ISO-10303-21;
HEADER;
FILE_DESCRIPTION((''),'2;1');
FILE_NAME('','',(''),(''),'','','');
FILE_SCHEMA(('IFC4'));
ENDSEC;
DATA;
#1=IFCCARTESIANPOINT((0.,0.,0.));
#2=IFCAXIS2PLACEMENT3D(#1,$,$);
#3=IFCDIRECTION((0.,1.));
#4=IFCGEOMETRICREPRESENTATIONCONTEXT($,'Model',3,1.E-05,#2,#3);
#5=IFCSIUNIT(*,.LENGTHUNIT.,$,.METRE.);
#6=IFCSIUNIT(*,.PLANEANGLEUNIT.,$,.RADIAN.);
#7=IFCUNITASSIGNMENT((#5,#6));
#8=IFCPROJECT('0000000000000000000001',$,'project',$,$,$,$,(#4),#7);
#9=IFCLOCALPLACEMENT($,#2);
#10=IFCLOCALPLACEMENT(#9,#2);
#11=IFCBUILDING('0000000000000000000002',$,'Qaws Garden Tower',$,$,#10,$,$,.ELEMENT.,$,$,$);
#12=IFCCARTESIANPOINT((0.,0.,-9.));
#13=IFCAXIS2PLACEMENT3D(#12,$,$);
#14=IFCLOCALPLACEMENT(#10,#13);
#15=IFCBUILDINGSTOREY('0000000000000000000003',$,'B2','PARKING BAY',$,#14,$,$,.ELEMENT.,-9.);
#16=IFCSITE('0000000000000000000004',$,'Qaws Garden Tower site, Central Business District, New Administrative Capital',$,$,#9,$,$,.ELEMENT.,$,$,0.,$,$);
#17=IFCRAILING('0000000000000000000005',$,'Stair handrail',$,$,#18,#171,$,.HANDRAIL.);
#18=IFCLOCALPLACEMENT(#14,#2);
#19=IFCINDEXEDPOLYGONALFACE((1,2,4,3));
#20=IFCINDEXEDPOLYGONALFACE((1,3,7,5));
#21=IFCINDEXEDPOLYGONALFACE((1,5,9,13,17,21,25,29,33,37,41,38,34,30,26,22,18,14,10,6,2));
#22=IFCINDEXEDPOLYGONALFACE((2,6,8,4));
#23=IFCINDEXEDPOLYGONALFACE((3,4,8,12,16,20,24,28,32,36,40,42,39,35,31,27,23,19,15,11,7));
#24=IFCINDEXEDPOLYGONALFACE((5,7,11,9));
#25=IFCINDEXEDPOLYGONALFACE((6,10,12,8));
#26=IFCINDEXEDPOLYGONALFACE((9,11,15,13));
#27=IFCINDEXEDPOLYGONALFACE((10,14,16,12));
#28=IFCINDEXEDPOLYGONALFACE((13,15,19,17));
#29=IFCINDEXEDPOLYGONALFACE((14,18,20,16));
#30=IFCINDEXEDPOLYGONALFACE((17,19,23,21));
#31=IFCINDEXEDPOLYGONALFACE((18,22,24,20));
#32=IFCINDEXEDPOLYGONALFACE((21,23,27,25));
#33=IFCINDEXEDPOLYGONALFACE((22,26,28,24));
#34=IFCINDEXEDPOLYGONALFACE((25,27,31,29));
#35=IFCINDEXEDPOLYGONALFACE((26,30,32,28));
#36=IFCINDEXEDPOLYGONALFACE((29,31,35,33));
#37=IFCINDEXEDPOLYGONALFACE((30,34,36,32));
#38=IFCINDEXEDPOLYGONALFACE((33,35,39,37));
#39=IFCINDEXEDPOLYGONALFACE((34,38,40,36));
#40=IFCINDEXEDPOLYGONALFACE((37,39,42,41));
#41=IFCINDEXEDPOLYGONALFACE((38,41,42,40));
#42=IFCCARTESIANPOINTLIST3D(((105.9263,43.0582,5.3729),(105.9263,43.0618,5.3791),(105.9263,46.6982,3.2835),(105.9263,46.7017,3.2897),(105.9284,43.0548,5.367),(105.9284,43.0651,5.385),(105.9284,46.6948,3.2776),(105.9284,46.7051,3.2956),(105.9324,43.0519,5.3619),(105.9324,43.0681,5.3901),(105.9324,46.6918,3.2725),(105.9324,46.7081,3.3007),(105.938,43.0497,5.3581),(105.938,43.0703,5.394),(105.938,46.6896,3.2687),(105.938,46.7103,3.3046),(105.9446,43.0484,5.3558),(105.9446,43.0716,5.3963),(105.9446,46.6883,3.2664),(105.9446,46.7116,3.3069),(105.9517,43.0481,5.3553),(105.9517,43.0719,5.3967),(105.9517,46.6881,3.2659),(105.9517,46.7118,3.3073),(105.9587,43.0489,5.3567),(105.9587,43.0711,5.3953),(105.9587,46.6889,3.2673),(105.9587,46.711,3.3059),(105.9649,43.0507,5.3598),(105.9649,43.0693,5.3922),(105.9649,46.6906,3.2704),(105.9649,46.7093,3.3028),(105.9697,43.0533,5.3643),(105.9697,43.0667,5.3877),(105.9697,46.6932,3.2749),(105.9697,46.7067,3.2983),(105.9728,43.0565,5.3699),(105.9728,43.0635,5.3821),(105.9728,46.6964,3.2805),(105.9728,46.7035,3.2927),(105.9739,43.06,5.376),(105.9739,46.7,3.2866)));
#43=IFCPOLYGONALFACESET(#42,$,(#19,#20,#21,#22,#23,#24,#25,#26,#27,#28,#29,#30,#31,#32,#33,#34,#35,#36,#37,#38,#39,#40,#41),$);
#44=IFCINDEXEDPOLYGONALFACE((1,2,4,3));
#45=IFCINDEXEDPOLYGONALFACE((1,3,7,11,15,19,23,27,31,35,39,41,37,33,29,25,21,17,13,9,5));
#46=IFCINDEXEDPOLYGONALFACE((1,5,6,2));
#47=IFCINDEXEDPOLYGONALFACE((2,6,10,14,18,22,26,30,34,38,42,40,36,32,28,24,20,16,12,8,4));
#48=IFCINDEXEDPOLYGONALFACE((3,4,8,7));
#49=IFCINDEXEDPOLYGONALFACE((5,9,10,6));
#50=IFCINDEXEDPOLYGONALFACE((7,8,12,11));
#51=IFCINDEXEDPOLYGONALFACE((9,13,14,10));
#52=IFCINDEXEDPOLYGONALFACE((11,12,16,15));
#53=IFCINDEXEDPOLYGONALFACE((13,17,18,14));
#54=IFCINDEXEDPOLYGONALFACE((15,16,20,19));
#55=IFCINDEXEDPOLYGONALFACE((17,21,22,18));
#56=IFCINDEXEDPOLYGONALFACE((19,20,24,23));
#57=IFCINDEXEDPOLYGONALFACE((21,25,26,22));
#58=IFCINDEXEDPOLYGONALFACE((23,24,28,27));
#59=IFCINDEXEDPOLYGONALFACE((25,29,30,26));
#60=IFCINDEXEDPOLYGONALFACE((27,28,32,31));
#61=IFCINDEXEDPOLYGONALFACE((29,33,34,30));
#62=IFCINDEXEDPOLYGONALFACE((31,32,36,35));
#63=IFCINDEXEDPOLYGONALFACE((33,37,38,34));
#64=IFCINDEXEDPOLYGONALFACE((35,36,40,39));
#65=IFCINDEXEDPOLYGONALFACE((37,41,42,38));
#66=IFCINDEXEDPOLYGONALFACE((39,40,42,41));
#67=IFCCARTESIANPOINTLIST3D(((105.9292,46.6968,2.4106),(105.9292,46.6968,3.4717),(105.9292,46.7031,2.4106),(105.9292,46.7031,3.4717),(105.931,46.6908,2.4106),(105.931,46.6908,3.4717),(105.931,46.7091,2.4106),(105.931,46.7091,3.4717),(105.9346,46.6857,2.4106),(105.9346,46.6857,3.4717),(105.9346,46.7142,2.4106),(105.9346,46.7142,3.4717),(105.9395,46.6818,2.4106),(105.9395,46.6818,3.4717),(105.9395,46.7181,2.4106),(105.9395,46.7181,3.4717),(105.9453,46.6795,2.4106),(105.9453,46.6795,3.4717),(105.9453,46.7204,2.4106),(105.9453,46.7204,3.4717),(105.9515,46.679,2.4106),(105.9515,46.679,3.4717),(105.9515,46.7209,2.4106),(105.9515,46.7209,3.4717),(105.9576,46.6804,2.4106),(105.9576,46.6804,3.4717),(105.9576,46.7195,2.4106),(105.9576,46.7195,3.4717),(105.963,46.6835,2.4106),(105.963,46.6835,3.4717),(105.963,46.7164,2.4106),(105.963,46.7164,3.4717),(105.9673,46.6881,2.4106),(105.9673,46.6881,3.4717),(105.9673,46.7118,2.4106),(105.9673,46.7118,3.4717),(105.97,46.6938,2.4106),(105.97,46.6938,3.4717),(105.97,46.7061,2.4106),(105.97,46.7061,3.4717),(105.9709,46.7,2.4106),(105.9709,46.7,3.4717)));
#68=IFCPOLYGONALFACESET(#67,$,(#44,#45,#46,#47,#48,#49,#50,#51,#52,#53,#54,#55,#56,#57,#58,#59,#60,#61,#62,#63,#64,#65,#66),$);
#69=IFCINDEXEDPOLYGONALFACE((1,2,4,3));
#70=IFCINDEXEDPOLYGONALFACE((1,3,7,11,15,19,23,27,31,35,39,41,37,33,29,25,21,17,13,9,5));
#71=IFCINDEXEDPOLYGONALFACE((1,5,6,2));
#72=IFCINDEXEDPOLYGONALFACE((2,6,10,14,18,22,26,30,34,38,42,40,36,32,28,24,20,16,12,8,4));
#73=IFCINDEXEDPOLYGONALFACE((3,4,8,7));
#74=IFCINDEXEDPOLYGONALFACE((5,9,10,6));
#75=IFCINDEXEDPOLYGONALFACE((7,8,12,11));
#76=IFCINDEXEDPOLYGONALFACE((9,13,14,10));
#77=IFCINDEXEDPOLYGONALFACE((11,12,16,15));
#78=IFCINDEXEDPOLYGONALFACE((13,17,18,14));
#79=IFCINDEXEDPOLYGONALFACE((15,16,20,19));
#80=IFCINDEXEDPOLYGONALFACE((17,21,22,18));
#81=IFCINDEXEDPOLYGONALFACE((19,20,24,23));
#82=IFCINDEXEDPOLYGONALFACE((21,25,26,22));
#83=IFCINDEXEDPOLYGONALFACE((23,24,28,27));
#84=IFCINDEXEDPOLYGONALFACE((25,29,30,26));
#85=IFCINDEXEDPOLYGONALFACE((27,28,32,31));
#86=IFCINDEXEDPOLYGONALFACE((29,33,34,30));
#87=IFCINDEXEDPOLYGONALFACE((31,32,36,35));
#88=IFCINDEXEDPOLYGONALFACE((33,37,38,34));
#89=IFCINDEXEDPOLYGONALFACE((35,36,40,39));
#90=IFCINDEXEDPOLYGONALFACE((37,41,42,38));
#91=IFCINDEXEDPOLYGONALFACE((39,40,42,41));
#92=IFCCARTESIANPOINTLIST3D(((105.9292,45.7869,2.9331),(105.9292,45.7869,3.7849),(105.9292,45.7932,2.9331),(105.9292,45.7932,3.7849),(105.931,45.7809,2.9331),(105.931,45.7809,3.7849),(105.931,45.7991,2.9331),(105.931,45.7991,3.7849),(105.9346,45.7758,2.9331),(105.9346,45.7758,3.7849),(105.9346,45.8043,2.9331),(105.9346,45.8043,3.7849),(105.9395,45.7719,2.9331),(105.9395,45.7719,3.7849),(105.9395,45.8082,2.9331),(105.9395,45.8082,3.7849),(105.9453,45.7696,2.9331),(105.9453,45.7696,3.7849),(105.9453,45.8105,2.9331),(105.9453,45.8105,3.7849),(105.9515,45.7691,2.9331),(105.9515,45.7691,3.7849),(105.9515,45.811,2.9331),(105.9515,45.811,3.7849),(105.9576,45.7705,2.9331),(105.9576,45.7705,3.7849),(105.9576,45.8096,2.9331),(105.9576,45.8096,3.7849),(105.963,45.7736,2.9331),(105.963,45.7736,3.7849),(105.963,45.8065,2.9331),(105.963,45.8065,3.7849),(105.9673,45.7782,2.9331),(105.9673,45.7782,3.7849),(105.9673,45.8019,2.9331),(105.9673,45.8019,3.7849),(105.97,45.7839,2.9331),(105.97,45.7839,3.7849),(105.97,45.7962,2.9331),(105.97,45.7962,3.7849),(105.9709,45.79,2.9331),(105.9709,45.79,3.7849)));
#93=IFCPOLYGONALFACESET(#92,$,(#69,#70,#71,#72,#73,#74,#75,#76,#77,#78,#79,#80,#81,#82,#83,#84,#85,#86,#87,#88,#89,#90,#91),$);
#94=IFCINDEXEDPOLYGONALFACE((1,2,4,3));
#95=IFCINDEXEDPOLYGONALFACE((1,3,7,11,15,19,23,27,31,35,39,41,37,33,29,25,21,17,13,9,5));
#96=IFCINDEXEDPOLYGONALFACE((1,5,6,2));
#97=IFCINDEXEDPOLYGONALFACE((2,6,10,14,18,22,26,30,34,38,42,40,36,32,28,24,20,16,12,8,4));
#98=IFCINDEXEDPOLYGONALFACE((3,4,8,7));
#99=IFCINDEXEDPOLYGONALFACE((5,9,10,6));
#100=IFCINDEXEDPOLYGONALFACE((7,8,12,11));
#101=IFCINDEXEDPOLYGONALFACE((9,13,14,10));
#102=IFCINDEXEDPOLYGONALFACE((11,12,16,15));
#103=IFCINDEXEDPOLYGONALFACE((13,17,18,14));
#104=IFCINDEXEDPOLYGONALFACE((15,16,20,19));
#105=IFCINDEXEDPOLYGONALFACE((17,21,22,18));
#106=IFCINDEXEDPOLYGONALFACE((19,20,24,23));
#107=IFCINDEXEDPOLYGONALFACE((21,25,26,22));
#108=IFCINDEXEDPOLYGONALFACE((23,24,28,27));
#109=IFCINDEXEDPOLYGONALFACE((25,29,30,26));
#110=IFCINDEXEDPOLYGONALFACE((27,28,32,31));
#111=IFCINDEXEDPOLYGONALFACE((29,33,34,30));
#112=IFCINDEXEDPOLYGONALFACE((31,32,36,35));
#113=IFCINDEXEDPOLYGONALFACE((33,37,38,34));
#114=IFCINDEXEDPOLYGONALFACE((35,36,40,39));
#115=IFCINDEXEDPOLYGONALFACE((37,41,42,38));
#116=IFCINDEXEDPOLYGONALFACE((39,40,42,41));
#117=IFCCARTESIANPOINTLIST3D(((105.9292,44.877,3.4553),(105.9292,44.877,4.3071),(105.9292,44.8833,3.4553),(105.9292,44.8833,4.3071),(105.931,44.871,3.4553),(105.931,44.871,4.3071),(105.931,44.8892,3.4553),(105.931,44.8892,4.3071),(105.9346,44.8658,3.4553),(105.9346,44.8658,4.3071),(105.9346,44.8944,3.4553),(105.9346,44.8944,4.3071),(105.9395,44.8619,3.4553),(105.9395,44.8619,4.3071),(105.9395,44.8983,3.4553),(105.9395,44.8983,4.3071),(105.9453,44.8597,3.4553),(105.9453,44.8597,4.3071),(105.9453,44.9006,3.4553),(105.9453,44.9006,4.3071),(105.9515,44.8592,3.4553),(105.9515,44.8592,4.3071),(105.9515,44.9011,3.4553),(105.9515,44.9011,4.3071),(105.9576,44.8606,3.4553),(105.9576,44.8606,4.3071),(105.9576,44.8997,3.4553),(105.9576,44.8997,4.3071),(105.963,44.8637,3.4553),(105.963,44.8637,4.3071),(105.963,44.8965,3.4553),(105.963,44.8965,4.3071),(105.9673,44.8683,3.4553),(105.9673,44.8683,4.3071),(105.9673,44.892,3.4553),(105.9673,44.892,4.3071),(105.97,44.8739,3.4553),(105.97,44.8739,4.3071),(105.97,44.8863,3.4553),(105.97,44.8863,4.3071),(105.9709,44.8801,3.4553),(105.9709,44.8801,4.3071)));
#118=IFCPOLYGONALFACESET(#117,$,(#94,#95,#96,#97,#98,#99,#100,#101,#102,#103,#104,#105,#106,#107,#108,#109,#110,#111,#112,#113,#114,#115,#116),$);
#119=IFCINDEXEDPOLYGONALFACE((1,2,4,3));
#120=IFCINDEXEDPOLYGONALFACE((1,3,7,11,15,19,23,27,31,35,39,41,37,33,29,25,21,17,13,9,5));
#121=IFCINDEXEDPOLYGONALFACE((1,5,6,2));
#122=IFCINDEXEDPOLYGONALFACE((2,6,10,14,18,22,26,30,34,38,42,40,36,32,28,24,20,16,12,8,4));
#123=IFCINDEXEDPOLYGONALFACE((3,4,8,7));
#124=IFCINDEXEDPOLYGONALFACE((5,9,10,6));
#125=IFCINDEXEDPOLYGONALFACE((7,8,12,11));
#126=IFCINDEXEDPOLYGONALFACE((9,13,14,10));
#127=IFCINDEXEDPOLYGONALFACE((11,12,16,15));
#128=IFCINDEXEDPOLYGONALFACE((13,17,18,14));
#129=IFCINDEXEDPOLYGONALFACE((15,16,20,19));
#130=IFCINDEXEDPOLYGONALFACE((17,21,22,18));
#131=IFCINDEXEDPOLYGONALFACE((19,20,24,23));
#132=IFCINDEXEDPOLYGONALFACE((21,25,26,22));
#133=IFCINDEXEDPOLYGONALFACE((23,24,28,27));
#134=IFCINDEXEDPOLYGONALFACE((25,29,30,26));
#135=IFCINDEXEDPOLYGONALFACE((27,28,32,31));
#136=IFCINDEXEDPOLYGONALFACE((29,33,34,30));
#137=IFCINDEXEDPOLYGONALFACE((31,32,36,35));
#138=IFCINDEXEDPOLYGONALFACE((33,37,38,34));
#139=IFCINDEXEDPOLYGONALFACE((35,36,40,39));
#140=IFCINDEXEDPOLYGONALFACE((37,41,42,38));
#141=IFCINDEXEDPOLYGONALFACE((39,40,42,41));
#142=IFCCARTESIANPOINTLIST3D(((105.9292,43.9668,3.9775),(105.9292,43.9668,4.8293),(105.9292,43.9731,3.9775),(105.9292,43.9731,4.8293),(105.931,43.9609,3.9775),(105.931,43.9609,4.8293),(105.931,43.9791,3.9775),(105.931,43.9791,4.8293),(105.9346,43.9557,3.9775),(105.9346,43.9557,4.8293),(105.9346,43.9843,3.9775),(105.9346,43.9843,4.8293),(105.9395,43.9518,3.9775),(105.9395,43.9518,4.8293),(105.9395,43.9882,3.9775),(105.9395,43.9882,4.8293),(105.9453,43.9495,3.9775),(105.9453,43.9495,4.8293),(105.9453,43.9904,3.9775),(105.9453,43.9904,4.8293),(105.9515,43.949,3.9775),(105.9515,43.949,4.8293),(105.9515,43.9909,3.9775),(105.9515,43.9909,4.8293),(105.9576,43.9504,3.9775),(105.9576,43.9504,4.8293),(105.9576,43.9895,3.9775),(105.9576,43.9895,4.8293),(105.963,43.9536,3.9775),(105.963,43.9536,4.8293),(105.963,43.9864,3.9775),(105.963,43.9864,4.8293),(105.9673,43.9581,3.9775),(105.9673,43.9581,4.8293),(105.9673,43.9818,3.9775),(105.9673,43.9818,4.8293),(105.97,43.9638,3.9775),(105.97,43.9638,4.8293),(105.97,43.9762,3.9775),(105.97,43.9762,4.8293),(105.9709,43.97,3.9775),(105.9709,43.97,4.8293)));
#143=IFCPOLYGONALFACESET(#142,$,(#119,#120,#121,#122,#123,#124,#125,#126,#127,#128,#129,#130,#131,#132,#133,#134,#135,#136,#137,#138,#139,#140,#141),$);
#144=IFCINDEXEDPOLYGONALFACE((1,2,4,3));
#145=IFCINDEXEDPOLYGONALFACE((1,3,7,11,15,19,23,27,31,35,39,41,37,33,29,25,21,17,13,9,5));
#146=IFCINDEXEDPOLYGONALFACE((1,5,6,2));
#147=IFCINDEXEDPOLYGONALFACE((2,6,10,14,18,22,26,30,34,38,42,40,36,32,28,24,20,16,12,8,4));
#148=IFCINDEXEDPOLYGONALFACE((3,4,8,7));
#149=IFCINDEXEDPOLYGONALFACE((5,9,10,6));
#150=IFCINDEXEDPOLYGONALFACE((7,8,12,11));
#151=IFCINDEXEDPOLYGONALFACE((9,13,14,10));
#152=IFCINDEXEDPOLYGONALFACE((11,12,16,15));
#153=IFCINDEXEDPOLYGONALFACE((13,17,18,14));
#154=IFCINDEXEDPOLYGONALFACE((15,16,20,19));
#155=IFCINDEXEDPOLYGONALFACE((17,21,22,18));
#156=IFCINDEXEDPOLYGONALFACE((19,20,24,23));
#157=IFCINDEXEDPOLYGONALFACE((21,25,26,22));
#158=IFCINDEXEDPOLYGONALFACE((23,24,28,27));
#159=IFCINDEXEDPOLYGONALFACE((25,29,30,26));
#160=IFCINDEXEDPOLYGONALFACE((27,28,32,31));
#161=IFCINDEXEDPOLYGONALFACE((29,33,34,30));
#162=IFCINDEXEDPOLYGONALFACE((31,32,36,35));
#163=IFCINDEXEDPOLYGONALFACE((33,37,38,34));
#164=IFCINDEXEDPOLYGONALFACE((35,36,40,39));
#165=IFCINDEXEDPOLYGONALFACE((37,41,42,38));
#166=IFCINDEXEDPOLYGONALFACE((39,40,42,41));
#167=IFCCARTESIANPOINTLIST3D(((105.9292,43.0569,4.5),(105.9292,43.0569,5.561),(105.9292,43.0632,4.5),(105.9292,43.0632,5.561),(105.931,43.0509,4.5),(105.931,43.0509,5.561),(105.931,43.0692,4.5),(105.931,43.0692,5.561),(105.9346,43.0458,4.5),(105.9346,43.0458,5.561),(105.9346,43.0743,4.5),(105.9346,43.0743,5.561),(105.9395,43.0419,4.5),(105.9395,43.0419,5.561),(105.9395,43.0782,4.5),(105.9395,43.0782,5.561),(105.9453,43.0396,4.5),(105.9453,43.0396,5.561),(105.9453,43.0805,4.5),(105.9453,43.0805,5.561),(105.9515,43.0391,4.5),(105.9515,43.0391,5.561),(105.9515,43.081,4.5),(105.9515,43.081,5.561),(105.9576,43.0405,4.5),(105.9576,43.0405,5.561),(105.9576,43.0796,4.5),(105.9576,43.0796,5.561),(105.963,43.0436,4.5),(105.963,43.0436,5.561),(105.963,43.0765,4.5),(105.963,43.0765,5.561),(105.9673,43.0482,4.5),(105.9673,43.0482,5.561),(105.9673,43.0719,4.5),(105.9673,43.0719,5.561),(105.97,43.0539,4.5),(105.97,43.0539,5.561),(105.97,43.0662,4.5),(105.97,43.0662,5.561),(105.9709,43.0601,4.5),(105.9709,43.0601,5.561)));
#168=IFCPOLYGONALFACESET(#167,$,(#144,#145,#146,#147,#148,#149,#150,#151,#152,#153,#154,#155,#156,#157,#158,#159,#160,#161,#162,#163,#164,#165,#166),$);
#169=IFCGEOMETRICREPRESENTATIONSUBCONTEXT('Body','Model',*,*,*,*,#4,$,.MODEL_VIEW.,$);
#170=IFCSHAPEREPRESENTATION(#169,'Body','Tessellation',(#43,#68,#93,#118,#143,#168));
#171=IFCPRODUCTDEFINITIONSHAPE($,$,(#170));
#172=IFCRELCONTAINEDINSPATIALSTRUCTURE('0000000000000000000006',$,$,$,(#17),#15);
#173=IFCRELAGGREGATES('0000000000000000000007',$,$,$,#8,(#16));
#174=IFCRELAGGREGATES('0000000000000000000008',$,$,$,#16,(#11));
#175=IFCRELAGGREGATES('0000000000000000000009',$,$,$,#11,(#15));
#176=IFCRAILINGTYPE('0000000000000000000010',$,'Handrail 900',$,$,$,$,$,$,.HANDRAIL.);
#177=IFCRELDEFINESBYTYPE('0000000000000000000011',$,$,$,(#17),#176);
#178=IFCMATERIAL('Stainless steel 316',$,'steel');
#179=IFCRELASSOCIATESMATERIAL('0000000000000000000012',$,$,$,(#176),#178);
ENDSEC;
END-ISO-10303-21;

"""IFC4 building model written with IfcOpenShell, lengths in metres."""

from ifc_helpers import new_model, si_unit, direction, frame, origin, origin_2d, place, context, subcontext, project, spatial, circle, extrude, material, type_object, element, save


model = new_model("IFC4")

# Units and contexts
model_context = context("Model", 3, precision=1e-05, world=origin(), true_north=direction((0.0, 1.0)))
body_context = subcontext(model_context, "Body", "Model", "MODEL_VIEW")
ifc_project = project(units=[si_unit("LENGTHUNIT", "METRE"), si_unit("PLANEANGLEUNIT", "RADIAN")], contexts=[model_context])

# Site, building, storey
site_placement = place(None, origin())
site = spatial("IfcSite", under=ifc_project, at=site_placement, Name="Qaws Garden Tower site, Central Business District, New Administrative Capital", CompositionType="ELEMENT", RefElevation=0.0)
building_placement = place(site_placement, origin())
building = spatial("IfcBuilding", under=site, at=building_placement, Name="Qaws Garden Tower", CompositionType="ELEMENT")
storey_placement = place(building_placement, frame((0.0, 0.0, -9.0)))
storey = spatial("IfcBuildingStorey", under=building, at=storey_placement, Name="B2", Description="PARKING BAY", CompositionType="ELEMENT", Elevation=-9.0)

# Railing
ifc_material_1 = material(Name="Stainless steel 316", Category="steel")
railing_type_1 = type_object("IfcRailingType", Name="Handrail 900", PredefinedType="HANDRAIL", material=ifc_material_1)
for number, where, name in (
    (1, (105.95, 46.7, 2.4106), "Stair handrail"),
):
    element("IfcRailing", number, at=place(storey_placement, frame(where)), inside=storey, type_object=railing_type_1, Name=name, PredefinedType="HANDRAIL", context=body_context, shape_type="SweptSolid", body=[
        extrude(circle(Radius=0.0239, at=origin_2d()), frame((0.0, 0.0, 0.876), z_axis=(0.0, -0.867275, 0.497829), x_axis=(1.0, 0.0, 0.0)), (0.0, 0.0, 1.0), 4.197),
        extrude(circle(Radius=0.021, at=origin_2d()), origin(), (0.0, 0.0, 1.0), 1.061),
        extrude(circle(Radius=0.021, at=origin_2d()), frame((0.0, -0.9099, 0.5225)), (0.0, 0.0, 1.0), 0.8518),
        extrude(circle(Radius=0.021, at=origin_2d()), frame((0.0, -1.8198, 1.0447)), (0.0, 0.0, 1.0), 0.8518),
        extrude(circle(Radius=0.021, at=origin_2d()), frame((0.0, -2.73, 1.5669)), (0.0, 0.0, 1.0), 0.8518),
        extrude(circle(Radius=0.021, at=origin_2d()), frame((0.0, -3.6399, 2.0894)), (0.0, 0.0, 1.0), 1.061),
    ])

save(model, "model.ifc")
